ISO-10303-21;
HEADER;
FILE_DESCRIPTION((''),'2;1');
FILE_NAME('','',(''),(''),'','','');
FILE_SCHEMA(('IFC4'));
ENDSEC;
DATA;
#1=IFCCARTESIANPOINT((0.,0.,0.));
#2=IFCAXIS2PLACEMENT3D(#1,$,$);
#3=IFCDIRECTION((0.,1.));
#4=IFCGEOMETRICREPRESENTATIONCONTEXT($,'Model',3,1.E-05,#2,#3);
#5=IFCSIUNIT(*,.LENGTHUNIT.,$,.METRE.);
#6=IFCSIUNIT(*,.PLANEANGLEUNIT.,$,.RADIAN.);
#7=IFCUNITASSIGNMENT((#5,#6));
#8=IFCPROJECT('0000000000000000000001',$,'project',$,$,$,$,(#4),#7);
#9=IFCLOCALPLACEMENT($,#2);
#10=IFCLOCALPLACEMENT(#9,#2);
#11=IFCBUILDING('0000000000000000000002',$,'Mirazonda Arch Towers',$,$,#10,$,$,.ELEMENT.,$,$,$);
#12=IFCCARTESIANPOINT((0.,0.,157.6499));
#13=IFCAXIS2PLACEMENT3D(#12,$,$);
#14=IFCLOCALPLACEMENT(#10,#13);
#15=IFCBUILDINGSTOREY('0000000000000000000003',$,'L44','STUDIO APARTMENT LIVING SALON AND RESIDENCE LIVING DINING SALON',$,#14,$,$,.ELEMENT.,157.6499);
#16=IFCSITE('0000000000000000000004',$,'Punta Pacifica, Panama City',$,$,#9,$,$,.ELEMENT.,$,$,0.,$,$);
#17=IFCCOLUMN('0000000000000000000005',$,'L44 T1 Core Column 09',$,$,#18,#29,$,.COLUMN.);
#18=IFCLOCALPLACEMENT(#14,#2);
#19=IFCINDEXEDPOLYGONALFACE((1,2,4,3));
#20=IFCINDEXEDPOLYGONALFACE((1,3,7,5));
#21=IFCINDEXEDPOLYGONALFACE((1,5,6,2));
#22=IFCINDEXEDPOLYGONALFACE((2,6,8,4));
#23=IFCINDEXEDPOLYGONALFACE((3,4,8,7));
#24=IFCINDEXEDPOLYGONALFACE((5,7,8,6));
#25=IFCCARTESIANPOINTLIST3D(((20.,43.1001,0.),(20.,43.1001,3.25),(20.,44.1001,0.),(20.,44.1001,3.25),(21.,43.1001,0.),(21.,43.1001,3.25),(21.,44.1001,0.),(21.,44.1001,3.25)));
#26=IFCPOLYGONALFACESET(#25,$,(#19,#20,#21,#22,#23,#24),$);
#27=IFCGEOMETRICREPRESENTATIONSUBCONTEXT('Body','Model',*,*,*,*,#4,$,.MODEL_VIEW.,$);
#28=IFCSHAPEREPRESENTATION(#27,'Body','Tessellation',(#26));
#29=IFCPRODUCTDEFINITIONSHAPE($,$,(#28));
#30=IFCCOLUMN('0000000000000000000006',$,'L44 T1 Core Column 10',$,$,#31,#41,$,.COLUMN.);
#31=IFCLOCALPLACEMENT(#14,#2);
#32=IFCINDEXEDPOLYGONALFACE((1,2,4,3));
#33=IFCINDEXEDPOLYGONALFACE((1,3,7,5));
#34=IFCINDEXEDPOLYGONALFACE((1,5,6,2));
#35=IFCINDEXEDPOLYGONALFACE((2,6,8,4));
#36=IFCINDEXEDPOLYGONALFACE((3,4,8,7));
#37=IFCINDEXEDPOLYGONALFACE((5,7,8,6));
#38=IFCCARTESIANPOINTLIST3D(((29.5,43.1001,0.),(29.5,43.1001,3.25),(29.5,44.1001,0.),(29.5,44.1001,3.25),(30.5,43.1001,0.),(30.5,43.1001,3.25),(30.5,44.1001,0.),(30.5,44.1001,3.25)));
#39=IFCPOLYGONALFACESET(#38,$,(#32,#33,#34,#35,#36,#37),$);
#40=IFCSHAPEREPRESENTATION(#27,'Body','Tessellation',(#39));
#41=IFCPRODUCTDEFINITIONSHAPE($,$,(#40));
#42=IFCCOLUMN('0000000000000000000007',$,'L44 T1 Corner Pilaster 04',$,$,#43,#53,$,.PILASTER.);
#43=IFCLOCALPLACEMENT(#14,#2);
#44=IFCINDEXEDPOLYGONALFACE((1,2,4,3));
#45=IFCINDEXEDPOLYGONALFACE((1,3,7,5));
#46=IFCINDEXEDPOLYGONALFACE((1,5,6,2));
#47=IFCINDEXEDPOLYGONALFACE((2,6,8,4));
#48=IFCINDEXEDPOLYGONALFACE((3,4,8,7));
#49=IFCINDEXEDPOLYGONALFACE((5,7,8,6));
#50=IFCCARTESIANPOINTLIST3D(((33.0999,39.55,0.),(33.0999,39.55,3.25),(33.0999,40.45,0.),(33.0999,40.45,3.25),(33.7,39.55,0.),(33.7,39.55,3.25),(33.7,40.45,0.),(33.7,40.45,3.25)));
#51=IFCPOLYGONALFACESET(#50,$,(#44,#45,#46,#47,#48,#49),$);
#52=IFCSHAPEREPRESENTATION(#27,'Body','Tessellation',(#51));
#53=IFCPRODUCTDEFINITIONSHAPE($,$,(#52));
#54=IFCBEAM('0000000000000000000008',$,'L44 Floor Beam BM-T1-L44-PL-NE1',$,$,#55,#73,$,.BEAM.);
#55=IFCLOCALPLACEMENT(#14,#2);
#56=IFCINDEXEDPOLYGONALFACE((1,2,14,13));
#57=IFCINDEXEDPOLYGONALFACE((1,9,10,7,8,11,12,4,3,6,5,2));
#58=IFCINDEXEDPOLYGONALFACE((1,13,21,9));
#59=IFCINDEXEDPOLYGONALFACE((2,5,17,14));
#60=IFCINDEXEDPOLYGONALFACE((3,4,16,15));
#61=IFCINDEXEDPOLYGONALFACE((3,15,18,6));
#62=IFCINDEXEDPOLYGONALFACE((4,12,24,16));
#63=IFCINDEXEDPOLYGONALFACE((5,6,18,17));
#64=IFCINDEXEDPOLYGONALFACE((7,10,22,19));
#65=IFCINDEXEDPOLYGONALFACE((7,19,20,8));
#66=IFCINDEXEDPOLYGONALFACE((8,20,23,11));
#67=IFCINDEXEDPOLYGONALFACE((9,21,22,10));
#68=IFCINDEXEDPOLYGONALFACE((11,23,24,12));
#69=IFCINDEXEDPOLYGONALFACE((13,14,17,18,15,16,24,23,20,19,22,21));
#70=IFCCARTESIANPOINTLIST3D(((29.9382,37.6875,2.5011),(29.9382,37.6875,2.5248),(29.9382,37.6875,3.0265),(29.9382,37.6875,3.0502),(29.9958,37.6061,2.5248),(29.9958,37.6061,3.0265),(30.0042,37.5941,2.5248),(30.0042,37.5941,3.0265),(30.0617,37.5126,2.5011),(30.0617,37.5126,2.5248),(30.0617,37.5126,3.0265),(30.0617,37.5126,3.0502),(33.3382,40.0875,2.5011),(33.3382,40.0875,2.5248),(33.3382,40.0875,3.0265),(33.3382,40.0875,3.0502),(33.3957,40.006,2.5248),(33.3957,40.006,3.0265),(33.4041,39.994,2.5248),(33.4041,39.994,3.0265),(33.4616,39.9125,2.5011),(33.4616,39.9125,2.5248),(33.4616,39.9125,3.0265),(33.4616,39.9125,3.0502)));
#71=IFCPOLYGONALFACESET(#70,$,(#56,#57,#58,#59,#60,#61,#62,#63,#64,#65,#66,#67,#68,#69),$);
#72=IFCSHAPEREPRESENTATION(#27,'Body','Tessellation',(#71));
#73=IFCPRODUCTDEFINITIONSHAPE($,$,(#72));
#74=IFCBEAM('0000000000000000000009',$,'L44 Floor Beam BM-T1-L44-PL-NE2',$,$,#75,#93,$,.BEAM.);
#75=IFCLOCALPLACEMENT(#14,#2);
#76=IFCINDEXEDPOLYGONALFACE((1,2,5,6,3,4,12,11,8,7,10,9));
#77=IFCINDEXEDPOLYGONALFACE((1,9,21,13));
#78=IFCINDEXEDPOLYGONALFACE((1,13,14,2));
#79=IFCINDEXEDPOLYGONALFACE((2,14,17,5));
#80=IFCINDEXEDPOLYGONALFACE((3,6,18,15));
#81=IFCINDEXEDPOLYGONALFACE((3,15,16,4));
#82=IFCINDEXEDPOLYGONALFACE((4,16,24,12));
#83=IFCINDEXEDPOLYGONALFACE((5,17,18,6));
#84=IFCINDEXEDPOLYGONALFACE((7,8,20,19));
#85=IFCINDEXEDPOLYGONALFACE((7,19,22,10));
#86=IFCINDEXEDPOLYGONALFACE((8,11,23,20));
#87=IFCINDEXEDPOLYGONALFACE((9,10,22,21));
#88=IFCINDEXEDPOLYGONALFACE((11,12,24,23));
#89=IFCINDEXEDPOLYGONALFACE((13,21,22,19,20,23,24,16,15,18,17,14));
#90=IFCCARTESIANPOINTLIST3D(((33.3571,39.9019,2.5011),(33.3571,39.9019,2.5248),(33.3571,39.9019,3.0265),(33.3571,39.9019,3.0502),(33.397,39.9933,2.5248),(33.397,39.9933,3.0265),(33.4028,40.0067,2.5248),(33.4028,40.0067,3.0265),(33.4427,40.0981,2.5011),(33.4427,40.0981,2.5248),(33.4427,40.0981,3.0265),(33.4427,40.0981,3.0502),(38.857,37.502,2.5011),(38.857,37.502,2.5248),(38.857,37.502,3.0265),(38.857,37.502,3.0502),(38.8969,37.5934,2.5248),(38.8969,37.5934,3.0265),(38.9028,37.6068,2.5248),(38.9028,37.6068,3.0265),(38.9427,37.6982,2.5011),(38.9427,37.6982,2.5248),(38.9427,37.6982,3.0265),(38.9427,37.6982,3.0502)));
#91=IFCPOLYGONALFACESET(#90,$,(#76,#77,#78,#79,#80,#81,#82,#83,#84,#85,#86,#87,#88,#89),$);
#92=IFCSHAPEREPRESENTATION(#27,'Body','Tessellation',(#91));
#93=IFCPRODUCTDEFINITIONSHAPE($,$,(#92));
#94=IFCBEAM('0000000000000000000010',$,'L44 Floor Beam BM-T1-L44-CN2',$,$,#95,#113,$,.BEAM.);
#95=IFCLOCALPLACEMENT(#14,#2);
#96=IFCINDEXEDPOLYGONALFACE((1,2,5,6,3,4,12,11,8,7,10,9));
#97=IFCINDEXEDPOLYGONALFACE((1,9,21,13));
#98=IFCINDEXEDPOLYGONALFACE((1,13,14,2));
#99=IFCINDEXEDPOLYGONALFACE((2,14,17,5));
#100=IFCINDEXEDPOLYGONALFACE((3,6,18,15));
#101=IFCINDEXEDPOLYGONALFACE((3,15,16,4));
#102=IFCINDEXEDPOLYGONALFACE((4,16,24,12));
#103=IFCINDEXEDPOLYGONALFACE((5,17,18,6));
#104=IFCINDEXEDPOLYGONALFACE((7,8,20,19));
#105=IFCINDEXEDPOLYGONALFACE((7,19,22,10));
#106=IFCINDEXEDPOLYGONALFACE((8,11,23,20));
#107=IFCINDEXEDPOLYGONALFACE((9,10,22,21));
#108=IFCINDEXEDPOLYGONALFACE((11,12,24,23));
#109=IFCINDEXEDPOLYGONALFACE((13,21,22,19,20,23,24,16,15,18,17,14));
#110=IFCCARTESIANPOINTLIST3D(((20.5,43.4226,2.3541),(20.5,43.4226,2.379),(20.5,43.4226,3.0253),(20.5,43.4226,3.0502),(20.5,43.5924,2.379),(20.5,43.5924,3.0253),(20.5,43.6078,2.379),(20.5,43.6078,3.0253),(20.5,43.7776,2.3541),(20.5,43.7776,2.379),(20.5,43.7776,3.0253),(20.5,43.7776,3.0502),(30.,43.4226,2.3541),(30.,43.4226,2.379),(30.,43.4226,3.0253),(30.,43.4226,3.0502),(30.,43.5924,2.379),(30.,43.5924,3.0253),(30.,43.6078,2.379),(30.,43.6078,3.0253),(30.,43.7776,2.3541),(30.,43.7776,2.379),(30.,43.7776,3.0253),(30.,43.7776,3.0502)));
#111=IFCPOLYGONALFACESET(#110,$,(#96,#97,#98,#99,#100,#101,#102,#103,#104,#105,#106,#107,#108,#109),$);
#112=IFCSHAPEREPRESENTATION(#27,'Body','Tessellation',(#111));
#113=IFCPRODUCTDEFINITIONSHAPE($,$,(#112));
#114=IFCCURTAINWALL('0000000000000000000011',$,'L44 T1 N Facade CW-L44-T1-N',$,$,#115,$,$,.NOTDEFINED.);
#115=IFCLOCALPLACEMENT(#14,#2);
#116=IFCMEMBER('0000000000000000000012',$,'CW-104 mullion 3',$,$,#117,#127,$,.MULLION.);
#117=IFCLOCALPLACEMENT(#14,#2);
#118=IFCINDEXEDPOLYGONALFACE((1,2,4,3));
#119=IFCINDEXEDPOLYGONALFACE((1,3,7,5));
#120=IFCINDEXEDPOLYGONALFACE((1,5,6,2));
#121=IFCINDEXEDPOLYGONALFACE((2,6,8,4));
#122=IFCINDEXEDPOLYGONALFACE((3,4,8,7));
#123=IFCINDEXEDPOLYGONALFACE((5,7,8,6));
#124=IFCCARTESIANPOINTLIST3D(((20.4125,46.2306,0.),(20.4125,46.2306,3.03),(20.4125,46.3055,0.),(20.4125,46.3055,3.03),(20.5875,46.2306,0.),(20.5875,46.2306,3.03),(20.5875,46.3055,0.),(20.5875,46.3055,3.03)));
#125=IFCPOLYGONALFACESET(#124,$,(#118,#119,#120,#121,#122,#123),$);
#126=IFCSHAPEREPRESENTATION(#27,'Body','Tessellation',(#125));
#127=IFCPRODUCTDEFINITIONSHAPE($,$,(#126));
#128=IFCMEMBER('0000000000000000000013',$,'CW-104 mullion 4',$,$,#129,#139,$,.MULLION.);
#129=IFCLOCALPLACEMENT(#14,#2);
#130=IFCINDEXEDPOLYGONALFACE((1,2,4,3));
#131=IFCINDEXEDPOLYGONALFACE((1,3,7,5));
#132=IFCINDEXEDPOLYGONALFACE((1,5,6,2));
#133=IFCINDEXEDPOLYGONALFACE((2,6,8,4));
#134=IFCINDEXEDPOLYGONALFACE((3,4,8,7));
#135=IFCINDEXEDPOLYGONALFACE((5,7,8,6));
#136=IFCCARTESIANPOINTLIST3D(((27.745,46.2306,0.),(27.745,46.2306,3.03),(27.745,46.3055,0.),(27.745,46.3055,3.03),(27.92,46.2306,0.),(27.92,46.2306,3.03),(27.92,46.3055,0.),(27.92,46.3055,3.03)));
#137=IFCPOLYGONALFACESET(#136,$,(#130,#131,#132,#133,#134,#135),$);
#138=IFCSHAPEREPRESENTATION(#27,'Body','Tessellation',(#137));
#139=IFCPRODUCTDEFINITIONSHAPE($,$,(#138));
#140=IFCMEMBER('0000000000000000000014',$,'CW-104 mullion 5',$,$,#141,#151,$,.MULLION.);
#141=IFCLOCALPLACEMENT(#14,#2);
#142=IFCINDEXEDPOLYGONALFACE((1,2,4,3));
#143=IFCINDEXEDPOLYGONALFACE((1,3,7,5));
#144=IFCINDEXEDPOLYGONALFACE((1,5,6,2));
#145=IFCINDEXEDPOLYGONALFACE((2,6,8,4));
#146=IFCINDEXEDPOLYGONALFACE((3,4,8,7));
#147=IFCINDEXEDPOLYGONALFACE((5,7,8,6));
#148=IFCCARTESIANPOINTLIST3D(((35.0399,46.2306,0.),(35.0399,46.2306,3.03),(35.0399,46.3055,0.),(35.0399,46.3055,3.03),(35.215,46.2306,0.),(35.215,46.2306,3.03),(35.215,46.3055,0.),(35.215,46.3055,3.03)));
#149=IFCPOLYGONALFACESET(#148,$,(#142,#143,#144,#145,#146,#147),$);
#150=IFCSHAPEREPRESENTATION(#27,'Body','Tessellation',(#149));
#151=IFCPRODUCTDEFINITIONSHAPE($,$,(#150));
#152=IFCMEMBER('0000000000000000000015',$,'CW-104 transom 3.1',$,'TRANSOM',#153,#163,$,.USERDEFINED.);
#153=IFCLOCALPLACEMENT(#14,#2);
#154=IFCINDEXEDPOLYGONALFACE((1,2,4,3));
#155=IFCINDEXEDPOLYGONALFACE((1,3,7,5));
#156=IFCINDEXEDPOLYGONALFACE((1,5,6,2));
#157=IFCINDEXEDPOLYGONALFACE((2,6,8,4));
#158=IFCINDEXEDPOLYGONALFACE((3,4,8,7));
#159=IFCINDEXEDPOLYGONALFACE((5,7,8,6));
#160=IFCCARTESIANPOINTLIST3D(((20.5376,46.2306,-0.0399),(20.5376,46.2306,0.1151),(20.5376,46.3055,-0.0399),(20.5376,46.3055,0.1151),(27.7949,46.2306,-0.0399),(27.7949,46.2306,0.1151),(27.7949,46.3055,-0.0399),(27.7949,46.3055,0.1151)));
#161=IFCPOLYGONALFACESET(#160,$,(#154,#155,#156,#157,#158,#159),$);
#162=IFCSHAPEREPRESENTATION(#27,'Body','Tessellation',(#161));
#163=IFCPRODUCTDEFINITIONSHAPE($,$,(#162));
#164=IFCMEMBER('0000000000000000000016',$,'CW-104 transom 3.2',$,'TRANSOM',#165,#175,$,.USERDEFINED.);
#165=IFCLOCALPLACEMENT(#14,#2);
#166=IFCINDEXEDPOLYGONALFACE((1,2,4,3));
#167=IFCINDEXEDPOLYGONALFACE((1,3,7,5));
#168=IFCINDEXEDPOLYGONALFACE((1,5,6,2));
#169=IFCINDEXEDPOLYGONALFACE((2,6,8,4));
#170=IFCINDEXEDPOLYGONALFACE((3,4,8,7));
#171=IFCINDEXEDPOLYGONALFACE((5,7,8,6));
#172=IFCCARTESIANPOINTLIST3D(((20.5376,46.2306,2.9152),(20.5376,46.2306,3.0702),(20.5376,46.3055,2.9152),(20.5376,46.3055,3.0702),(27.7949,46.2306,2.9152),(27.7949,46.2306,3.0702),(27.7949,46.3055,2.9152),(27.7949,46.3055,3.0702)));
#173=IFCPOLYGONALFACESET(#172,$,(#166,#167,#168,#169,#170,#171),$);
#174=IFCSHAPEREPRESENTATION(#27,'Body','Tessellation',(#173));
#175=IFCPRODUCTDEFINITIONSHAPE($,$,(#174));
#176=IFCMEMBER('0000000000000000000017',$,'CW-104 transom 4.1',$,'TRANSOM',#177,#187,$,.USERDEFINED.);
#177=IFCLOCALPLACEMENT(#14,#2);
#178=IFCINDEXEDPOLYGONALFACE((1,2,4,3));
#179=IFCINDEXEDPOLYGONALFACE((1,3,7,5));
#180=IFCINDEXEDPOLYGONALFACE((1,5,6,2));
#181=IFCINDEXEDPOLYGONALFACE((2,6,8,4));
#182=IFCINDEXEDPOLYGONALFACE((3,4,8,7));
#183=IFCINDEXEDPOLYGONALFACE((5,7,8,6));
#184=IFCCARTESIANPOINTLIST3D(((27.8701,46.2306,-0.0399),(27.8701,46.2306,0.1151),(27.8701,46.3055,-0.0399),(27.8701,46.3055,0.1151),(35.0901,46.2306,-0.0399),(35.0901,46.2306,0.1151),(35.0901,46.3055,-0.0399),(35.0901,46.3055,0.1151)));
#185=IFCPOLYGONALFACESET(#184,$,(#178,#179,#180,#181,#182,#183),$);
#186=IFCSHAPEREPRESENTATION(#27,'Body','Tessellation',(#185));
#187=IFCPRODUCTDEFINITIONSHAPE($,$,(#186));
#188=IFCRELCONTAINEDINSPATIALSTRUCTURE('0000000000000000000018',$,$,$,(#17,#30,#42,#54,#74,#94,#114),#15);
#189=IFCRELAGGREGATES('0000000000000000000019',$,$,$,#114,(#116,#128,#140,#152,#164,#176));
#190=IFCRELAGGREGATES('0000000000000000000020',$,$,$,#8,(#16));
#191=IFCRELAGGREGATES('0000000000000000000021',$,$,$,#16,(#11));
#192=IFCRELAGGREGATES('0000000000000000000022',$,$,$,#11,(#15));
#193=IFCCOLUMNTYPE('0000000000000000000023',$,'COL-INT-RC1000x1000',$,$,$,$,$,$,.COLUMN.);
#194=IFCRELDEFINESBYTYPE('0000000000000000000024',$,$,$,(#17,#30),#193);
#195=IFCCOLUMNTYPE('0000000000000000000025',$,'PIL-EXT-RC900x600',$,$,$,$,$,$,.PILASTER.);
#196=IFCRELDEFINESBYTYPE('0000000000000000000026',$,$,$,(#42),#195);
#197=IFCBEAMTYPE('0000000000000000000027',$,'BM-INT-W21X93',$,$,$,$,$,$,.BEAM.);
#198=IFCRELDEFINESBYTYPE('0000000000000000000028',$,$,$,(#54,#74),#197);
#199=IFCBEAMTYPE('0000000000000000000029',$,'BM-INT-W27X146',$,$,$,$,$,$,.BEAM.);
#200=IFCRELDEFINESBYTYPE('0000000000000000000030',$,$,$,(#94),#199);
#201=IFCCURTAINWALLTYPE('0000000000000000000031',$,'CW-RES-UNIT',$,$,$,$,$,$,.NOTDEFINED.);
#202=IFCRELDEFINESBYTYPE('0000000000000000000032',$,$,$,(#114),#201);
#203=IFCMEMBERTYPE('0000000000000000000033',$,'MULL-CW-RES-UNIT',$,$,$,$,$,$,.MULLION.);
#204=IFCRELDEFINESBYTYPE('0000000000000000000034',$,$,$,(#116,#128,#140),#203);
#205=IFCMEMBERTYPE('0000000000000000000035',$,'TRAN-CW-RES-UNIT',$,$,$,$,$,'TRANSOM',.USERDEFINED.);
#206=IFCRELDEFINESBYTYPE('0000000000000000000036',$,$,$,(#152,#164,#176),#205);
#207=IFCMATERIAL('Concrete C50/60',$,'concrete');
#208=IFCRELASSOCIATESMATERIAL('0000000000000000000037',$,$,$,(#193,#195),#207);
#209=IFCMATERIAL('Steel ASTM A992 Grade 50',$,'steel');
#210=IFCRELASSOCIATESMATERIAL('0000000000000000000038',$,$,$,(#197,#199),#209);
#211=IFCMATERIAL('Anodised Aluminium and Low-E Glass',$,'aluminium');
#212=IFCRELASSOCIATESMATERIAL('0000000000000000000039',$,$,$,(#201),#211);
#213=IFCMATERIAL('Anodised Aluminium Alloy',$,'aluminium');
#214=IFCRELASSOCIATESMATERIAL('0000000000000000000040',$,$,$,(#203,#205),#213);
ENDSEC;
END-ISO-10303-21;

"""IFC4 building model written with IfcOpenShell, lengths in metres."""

from ifc_helpers import new_model, si_unit, direction, frame, origin, origin_2d, place, context, subcontext, project, spatial, rectangle, i_section, extrude, material, material_profile, profile_set, type_object, element, aggregate, save


model = new_model("IFC4")

# Units and contexts
model_context = context("Model", 3, precision=1e-05, world=origin(), true_north=direction((0.0, 1.0)))
body_context = subcontext(model_context, "Body", "Model", "MODEL_VIEW")
ifc_project = project(units=[si_unit("LENGTHUNIT", "METRE"), si_unit("PLANEANGLEUNIT", "RADIAN")], contexts=[model_context])

# Site, building, storey
site_placement = place(None, origin())
site = spatial("IfcSite", under=ifc_project, at=site_placement, Name="Punta Pacifica, Panama City", CompositionType="ELEMENT", RefElevation=0.0)
building_placement = place(site_placement, origin())
building = spatial("IfcBuilding", under=site, at=building_placement, Name="Mirazonda Arch Towers", CompositionType="ELEMENT")
storey_placement = place(building_placement, frame((0.0, 0.0, 157.6499)))
storey = spatial("IfcBuildingStorey", under=building, at=storey_placement, Name="L44", Description="STUDIO APARTMENT LIVING SALON AND RESIDENCE LIVING DINING SALON", CompositionType="ELEMENT", Elevation=157.6499)

# Columns
ifc_material_1 = material(Name="Concrete C50/60", Category="concrete")
ifc_material_profile_1 = material_profile(ifc_material_1, rectangle(XDim=1.0, YDim=1.0, at=origin_2d()), Name="RC1000x1000")
ifc_profile_set_1 = profile_set([ifc_material_profile_1], Name="Concrete C50/60")
column_type_1 = type_object("IfcColumnType", Name="COL-INT-RC1000x1000", PredefinedType="COLUMN", material=ifc_profile_set_1)
for number, where, z_axis, x_axis, name in (
    (1, (20.5, 43.6001, 0.0), (0.0, 0.0, 1.0), (1.0, 0.0, 0.0), "L44 T1 Core Column 09"),
    (2, (30.0, 43.6001, 0.0), (0.0, 0.0, 1.0), (1.0, 0.0, 0.0), "L44 T1 Core Column 10"),
):
    element("IfcColumn", number, at=place(storey_placement, frame(where, z_axis=z_axis, x_axis=x_axis)), inside=storey, type_object=column_type_1, Name=name, PredefinedType="COLUMN", context=body_context, shape_type="SweptSolid", body=[
        extrude(rectangle(XDim=1.0, YDim=1.0, at=origin_2d()), origin(), (0.0, 0.0, 1.0), 3.25),
    ])
ifc_material_profile_2 = material_profile(ifc_material_1, rectangle(XDim=0.6001, YDim=0.8999, at=origin_2d()), Name="RC900x600")
ifc_profile_set_2 = profile_set([ifc_material_profile_2], Name="Concrete C50/60")
column_type_2 = type_object("IfcColumnType", Name="PIL-EXT-RC900x600", PredefinedType="PILASTER", material=ifc_profile_set_2)
column_placement = place(storey_placement, frame((33.3999, 40.0, 0.0), z_axis=(0.0, 0.0, 1.0), x_axis=(1.0, 0.0, 0.0)))
element("IfcColumn", 3, at=column_placement, inside=storey, type_object=column_type_2, Name="L44 T1 Corner Pilaster 04", PredefinedType="PILASTER", context=body_context, shape_type="SweptSolid", body=[
    extrude(rectangle(XDim=0.6001, YDim=0.8999, at=origin_2d()), origin(), (0.0, 0.0, 1.0), 3.25),
])

# Beams
ifc_material_2 = material(Name="Steel ASTM A992 Grade 50", Category="steel")
ifc_material_profile_3 = material_profile(ifc_material_2, i_section(OverallWidth=0.2141, OverallDepth=0.5491, WebThickness=0.0146, FlangeThickness=0.0237, at=origin_2d()), Name="W21X93")
ifc_profile_set_3 = profile_set([ifc_material_profile_3], Name="Steel ASTM A992 Grade 50")
beam_type_1 = type_object("IfcBeamType", Name="BM-INT-W21X93", PredefinedType="BEAM", material=ifc_profile_set_3)
beam_1_placement = place(storey_placement, frame((33.3999, 40.0, 2.7756), z_axis=(-0.816971, -0.576679, 0.0), x_axis=(0.576679, -0.816971, 0.0)))
element("IfcBeam", 4, at=beam_1_placement, inside=storey, type_object=beam_type_1, Name="L44 Floor Beam BM-T1-L44-PL-NE1", PredefinedType="BEAM", context=body_context, shape_type="SweptSolid", body=[
    extrude(i_section(OverallWidth=0.2141, OverallDepth=0.5491, WebThickness=0.0146, FlangeThickness=0.0237, at=origin_2d()), origin(), (0.0, 0.0, 1.0), 4.1616),
])
beam_2_placement = place(storey_placement, frame((33.3999, 40.0, 2.7756), z_axis=(0.916545, -0.399931, 0.0), x_axis=(0.399931, 0.916545, 0.0)))
element("IfcBeam", 5, at=beam_2_placement, inside=storey, type_object=beam_type_1, Name="L44 Floor Beam BM-T1-L44-PL-NE2", PredefinedType="BEAM", context=body_context, shape_type="SweptSolid", body=[
    extrude(i_section(OverallWidth=0.2141, OverallDepth=0.5491, WebThickness=0.0146, FlangeThickness=0.0237, at=origin_2d()), origin(), (0.0, 0.0, 1.0), 6.0007),
])
ifc_material_profile_4 = material_profile(ifc_material_2, i_section(OverallWidth=0.355, OverallDepth=0.696, WebThickness=0.0154, FlangeThickness=0.0249, at=origin_2d()), Name="W27X146")
ifc_profile_set_4 = profile_set([ifc_material_profile_4], Name="Steel ASTM A992 Grade 50")
beam_type_2 = type_object("IfcBeamType", Name="BM-INT-W27X146", PredefinedType="BEAM", material=ifc_profile_set_4)
beam_3_placement = place(storey_placement, frame((20.5, 43.6001, 2.7021), z_axis=(1.0, 0.0, 0.0), x_axis=(0.0, 1.0, 0.0)))
element("IfcBeam", 6, at=beam_3_placement, inside=storey, type_object=beam_type_2, Name="L44 Floor Beam BM-T1-L44-CN2", PredefinedType="BEAM", context=body_context, shape_type="SweptSolid", body=[
    extrude(i_section(OverallWidth=0.355, OverallDepth=0.696, WebThickness=0.0154, FlangeThickness=0.0249, at=origin_2d()), origin(), (0.0, 0.0, 1.0), 9.5),
])

# Curtain wall, members
ifc_material_3 = material(Name="Anodised Aluminium and Low-E Glass", Category="aluminium")
curtain_wall_type = type_object("IfcCurtainWallType", Name="CW-RES-UNIT", PredefinedType="NOTDEFINED", material=ifc_material_3)
curtain_wall_placement = place(storey_placement, origin())
curtain_wall = element("IfcCurtainWall", 7, at=curtain_wall_placement, inside=storey, type_object=curtain_wall_type, Name="L44 T1 N Facade CW-L44-T1-N", PredefinedType="NOTDEFINED")
ifc_material_4 = material(Name="Anodised Aluminium Alloy", Category="aluminium")
ifc_material_profile_5 = material_profile(ifc_material_4, rectangle(XDim=0.075, YDim=0.175, at=origin_2d()), Name="ALU-MULL-75x175")
ifc_profile_set_5 = profile_set([ifc_material_profile_5], Name="Anodised Aluminium Alloy")
member_type_1 = type_object("IfcMemberType", Name="MULL-CW-RES-UNIT", PredefinedType="MULLION", material=ifc_profile_set_5)
member_1_placement = place(storey_placement, frame((20.5, 46.2681, 0.0), z_axis=(0.0, 0.0, 1.0), x_axis=(0.0, 1.0, 0.0)))
member_1 = element("IfcMember", 8, at=member_1_placement, type_object=member_type_1, Name="CW-104 mullion 3", PredefinedType="MULLION", context=body_context, shape_type="SweptSolid", body=[
    extrude(rectangle(XDim=0.075, YDim=0.175, at=origin_2d()), origin(), (0.0, 0.0, 1.0), 3.03),
])
member_2_placement = place(storey_placement, frame((27.8325, 46.2681, 0.0), z_axis=(0.0, 0.0, 1.0), x_axis=(0.0, 1.0, 0.0)))
member_2 = element("IfcMember", 9, at=member_2_placement, type_object=member_type_1, Name="CW-104 mullion 4", PredefinedType="MULLION", context=body_context, shape_type="SweptSolid", body=[
    extrude(rectangle(XDim=0.075, YDim=0.175, at=origin_2d()), origin(), (0.0, 0.0, 1.0), 3.03),
])
member_3_placement = place(storey_placement, frame((35.1274, 46.2681, 0.0), z_axis=(0.0, 0.0, 1.0), x_axis=(0.0, 1.0, 0.0)))
member_3 = element("IfcMember", 10, at=member_3_placement, type_object=member_type_1, Name="CW-104 mullion 5", PredefinedType="MULLION", context=body_context, shape_type="SweptSolid", body=[
    extrude(rectangle(XDim=0.075, YDim=0.175, at=origin_2d()), origin(), (0.0, 0.0, 1.0), 3.03),
])
ifc_material_profile_6 = material_profile(ifc_material_4, rectangle(XDim=0.075, YDim=0.155, at=origin_2d()), Name="ALU-TRAN-75x155")
ifc_profile_set_6 = profile_set([ifc_material_profile_6], Name="Anodised Aluminium Alloy")
member_type_2 = type_object("IfcMemberType", Name="TRAN-CW-RES-UNIT", ElementType="TRANSOM", PredefinedType="USERDEFINED", material=ifc_profile_set_6)
member_4_placement = place(storey_placement, frame((20.5376, 46.2681, 0.0376), z_axis=(1.0, 0.0, 0.0), x_axis=(0.0, 1.0, 0.0)))
member_4 = element("IfcMember", 11, at=member_4_placement, type_object=member_type_2, Name="CW-104 transom 3.1", ObjectType="TRANSOM", PredefinedType="USERDEFINED", context=body_context, shape_type="SweptSolid", body=[
    extrude(rectangle(XDim=0.075, YDim=0.155, at=origin_2d()), origin(), (0.0, 0.0, 1.0), 7.2573),
])
member_5_placement = place(storey_placement, frame((20.5376, 46.2681, 2.9927), z_axis=(1.0, 0.0, 0.0), x_axis=(0.0, 1.0, 0.0)))
member_5 = element("IfcMember", 12, at=member_5_placement, type_object=member_type_2, Name="CW-104 transom 3.2", ObjectType="TRANSOM", PredefinedType="USERDEFINED", context=body_context, shape_type="SweptSolid", body=[
    extrude(rectangle(XDim=0.075, YDim=0.155, at=origin_2d()), origin(), (0.0, 0.0, 1.0), 7.2573),
])
member_6_placement = place(storey_placement, frame((27.8701, 46.2681, 0.0376), z_axis=(1.0, 0.0, 0.0), x_axis=(0.0, 1.0, 0.0)))
member_6 = element("IfcMember", 13, at=member_6_placement, type_object=member_type_2, Name="CW-104 transom 4.1", ObjectType="TRANSOM", PredefinedType="USERDEFINED", context=body_context, shape_type="SweptSolid", body=[
    extrude(rectangle(XDim=0.075, YDim=0.155, at=origin_2d()), origin(), (0.0, 0.0, 1.0), 7.22),
])
aggregate(curtain_wall, [member_1, member_2, member_3, member_4, member_5, member_6])

save(model, "model.ifc")
